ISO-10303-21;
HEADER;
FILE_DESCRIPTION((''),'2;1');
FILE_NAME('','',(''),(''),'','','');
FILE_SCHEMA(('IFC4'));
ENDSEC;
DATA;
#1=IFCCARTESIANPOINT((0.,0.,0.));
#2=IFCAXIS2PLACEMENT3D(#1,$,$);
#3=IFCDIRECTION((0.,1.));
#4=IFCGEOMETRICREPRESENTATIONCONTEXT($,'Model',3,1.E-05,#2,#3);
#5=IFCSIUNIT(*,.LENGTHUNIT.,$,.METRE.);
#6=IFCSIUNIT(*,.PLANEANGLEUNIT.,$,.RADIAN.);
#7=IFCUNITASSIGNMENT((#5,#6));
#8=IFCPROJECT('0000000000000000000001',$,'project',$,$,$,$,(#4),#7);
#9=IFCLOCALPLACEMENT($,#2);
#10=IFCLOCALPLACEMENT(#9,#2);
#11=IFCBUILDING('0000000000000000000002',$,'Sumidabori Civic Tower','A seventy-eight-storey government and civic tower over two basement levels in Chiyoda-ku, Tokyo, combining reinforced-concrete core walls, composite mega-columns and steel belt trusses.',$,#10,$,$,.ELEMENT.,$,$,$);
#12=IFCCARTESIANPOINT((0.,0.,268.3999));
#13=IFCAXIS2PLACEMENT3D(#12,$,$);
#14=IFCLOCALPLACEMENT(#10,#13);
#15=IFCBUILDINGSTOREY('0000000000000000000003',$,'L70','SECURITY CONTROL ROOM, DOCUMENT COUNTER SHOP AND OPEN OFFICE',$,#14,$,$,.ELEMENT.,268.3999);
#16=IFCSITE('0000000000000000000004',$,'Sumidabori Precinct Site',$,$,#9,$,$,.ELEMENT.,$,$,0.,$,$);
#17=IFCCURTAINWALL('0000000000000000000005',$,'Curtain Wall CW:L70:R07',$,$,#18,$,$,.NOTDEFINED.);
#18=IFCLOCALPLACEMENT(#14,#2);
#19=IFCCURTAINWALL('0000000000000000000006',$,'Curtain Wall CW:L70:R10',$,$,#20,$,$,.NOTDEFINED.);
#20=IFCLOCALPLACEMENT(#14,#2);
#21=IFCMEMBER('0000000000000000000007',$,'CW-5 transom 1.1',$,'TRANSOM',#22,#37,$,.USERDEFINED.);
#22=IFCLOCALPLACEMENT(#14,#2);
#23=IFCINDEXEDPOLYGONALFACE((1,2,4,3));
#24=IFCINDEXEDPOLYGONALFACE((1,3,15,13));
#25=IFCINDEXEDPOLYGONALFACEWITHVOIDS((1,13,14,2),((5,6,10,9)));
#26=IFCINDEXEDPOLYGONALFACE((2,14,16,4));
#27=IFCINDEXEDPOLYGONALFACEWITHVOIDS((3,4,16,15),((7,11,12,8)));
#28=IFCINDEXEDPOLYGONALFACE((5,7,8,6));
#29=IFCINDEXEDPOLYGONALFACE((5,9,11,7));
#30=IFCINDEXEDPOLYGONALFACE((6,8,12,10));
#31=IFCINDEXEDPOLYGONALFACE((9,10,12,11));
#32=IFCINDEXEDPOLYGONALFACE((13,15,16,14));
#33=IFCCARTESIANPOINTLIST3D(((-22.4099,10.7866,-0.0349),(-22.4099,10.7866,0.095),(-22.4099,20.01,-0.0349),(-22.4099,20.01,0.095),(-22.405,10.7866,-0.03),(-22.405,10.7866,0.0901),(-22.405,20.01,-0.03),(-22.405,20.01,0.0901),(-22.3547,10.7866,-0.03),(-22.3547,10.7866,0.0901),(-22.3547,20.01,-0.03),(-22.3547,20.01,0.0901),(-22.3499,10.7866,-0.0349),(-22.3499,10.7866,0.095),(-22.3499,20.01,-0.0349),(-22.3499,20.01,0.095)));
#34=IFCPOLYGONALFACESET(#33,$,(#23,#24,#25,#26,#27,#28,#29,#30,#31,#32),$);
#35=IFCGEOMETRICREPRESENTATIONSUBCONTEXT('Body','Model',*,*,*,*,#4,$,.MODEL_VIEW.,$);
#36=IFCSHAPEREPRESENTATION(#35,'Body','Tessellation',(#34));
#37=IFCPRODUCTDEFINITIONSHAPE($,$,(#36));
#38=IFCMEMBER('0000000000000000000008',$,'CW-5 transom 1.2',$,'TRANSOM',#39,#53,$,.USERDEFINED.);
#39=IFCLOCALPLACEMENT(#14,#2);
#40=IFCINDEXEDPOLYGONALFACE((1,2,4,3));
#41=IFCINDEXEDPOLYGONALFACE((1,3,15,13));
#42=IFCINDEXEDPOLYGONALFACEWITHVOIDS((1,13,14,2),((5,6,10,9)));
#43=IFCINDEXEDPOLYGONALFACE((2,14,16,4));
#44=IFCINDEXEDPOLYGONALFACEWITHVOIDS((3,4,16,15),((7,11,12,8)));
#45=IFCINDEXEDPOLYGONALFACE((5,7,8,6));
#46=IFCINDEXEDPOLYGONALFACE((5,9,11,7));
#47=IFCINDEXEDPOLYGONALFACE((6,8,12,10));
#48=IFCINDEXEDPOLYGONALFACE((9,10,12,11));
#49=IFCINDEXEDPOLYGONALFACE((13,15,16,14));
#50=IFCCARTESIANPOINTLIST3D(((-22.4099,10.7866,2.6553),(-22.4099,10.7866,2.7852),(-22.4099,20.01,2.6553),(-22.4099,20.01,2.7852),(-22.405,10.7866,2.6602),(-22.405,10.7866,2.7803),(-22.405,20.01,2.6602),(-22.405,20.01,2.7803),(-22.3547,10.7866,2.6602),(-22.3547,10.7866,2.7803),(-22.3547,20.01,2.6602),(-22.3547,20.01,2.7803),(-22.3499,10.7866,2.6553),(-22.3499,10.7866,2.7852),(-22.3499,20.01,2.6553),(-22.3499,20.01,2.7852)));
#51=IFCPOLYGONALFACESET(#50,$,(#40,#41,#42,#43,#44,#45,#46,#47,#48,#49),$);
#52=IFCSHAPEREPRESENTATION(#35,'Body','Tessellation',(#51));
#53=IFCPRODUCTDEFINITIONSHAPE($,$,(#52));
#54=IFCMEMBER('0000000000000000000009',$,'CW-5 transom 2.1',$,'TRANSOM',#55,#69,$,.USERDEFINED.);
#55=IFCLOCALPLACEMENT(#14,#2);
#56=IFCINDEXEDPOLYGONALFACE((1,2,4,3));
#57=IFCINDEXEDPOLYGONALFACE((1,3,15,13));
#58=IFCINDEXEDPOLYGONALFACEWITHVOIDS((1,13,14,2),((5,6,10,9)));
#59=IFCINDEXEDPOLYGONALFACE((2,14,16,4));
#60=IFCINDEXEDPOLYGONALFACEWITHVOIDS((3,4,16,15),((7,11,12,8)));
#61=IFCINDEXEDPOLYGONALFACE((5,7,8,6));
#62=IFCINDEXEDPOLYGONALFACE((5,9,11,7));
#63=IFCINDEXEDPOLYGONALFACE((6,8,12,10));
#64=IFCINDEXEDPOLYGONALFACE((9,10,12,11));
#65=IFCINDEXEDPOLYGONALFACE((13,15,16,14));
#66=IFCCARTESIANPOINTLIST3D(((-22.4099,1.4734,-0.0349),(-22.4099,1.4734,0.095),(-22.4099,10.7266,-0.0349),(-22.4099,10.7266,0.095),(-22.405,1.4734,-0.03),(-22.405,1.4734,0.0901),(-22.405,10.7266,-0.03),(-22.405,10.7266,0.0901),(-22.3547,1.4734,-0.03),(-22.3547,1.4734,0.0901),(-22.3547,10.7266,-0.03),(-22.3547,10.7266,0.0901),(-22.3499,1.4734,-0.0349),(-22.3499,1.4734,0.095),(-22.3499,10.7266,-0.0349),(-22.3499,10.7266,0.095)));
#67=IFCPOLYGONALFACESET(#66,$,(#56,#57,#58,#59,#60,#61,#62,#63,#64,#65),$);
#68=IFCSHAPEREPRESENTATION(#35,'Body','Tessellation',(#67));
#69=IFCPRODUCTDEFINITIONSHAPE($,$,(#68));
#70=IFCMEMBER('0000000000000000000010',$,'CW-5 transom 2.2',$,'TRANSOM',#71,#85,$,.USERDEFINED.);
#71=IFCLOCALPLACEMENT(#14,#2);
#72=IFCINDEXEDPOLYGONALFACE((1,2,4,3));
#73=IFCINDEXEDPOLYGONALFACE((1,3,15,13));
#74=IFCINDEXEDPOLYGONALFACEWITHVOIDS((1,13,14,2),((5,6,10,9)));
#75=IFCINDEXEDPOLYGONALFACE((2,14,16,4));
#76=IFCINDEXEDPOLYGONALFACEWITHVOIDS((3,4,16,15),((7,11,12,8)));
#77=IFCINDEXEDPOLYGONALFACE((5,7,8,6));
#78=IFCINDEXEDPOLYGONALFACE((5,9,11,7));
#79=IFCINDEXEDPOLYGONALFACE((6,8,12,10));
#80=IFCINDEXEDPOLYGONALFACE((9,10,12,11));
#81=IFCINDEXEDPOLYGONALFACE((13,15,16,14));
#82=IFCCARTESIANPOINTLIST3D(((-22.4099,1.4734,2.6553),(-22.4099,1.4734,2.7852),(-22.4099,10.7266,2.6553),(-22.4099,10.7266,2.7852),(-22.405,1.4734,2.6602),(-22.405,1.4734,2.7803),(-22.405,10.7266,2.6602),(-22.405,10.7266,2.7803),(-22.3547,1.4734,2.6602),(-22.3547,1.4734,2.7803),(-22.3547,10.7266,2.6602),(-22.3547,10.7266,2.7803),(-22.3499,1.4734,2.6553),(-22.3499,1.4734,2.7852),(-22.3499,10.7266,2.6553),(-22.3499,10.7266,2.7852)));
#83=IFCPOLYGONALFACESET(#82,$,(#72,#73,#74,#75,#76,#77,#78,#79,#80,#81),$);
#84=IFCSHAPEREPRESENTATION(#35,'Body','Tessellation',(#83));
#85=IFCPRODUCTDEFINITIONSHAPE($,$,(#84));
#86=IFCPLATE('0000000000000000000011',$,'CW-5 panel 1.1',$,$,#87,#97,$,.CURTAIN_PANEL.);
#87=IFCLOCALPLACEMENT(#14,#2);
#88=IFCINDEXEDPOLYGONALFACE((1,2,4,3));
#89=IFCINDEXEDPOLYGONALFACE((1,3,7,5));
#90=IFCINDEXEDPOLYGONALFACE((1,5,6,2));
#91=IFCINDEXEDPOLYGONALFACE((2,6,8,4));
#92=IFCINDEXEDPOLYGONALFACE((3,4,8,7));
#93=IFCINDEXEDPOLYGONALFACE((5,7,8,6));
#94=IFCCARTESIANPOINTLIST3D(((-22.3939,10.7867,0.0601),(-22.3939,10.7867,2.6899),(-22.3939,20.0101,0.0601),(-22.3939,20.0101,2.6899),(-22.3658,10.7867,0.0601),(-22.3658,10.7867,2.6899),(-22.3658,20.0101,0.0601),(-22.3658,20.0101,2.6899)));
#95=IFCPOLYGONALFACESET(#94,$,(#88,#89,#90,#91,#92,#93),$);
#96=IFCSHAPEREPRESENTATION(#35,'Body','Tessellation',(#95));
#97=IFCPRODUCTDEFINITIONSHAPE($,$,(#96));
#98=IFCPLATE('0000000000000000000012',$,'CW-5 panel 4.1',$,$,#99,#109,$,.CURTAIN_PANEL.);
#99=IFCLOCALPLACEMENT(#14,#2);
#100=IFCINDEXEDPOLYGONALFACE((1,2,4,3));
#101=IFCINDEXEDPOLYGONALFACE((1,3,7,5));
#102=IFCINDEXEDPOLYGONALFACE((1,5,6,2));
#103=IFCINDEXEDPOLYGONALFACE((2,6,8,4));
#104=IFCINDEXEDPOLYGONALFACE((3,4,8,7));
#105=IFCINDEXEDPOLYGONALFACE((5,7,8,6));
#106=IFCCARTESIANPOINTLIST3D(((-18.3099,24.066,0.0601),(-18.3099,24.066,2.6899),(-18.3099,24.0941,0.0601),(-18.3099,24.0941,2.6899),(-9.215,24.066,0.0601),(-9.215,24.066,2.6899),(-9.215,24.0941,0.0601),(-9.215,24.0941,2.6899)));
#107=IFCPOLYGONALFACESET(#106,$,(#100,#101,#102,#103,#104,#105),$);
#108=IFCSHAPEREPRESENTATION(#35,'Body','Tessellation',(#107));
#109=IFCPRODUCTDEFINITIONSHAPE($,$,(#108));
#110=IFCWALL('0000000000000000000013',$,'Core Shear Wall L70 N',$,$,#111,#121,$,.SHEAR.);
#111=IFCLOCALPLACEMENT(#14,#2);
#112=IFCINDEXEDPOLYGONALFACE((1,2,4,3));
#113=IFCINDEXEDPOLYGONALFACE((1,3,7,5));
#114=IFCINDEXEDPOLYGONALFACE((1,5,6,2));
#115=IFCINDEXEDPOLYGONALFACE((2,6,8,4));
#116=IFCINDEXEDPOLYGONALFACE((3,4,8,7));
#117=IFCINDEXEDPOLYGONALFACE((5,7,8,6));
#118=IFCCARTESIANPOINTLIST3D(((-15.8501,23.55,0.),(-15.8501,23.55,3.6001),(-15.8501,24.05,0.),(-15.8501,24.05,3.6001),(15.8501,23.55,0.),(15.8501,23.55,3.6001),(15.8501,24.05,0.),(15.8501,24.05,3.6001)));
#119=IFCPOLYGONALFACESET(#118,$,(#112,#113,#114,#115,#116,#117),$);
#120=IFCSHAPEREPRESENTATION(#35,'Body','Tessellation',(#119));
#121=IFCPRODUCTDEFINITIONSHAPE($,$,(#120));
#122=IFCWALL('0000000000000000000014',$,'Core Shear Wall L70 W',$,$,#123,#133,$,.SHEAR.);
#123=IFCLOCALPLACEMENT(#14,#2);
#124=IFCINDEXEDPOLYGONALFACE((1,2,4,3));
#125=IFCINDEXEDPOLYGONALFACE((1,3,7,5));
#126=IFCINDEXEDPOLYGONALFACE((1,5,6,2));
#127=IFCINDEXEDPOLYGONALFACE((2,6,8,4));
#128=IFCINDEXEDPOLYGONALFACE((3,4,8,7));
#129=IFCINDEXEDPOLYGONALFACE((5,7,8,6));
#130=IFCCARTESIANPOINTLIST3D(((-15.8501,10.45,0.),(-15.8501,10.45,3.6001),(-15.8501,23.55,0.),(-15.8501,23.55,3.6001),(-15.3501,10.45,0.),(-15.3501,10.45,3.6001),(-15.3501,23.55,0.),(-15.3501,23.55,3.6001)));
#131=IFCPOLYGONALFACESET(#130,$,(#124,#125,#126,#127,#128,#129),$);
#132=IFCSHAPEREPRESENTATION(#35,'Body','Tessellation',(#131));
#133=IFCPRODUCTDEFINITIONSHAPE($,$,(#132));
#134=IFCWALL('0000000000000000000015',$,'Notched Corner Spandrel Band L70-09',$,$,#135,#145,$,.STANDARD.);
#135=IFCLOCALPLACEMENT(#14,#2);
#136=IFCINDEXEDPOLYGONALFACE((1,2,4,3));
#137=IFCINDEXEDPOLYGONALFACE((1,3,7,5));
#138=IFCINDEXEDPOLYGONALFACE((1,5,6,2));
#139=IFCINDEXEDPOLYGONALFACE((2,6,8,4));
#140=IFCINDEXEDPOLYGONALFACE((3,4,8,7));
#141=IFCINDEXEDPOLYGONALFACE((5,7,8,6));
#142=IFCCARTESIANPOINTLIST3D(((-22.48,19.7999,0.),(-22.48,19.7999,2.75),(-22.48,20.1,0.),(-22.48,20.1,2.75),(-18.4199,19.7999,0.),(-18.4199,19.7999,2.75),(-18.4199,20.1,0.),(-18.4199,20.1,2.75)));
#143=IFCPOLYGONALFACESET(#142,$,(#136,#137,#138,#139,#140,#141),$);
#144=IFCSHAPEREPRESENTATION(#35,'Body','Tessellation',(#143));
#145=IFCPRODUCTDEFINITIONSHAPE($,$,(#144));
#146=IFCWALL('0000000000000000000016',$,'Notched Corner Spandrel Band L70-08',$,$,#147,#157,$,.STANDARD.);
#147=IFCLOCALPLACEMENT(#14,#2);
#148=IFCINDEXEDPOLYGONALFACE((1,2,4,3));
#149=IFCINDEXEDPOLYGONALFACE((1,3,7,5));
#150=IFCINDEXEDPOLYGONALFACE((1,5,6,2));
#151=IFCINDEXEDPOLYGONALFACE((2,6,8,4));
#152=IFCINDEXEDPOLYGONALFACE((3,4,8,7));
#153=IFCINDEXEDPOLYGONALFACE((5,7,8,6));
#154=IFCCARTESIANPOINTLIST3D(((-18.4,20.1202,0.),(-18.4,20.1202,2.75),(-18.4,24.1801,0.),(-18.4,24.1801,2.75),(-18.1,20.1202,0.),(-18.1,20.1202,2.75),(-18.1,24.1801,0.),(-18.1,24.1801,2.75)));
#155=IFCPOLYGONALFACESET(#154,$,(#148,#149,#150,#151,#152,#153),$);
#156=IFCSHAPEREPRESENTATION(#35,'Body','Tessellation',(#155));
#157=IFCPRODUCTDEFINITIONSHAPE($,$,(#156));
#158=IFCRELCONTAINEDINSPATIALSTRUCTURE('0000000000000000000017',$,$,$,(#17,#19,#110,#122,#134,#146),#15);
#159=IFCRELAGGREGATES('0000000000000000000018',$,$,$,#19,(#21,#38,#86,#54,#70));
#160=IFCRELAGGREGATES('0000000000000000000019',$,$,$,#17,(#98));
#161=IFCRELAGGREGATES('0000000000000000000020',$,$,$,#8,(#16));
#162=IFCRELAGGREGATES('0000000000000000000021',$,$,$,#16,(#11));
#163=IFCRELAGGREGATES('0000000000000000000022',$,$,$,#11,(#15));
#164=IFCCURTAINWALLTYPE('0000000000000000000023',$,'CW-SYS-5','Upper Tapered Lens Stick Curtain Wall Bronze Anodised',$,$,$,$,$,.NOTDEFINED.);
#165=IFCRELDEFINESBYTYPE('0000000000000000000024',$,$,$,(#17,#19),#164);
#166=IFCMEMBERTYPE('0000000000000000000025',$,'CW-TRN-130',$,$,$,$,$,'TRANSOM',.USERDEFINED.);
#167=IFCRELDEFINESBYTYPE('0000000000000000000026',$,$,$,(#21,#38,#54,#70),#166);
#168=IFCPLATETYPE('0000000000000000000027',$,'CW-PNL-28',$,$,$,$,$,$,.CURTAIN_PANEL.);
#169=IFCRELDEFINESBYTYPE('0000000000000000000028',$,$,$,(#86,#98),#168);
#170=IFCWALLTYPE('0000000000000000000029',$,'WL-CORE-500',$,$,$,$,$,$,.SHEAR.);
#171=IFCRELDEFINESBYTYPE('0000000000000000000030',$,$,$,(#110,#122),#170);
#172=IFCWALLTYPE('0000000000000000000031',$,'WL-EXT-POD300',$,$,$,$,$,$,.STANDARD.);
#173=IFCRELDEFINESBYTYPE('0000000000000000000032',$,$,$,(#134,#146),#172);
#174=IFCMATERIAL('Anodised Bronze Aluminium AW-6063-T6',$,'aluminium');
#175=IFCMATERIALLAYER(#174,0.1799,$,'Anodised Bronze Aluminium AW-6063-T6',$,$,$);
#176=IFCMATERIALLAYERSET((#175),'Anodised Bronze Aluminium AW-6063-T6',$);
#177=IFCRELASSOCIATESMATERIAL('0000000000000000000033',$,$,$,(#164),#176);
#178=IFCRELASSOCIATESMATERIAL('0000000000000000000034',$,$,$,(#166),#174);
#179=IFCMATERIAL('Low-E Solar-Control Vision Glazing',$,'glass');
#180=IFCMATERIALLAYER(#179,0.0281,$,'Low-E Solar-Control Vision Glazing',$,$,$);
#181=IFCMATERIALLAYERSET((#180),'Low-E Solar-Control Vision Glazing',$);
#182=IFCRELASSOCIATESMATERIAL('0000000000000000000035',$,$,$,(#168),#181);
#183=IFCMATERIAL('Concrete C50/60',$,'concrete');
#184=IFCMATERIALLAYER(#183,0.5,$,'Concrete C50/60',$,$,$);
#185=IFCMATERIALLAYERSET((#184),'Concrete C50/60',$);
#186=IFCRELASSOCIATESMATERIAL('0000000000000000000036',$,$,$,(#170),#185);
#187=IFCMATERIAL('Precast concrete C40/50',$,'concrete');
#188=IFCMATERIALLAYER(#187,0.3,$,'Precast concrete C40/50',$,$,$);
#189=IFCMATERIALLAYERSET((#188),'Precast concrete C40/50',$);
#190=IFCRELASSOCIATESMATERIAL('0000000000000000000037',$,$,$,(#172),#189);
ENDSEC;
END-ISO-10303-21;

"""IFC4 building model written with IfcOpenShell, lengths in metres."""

from ifc_helpers import new_model, si_unit, direction, frame, frame_2d, origin, origin_2d, place, context, subcontext, project, spatial, rectangle, hollow_rectangle, extrude, source, transform, mapped, material, layer, layer_set, material_profile, profile_set, type_object, element, aggregate, save


model = new_model("IFC4")

# Units and contexts
model_context = context("Model", 3, precision=1e-05, world=origin(), true_north=direction((0.0, 1.0)))
body_context = subcontext(model_context, "Body", "Model", "MODEL_VIEW")
ifc_project = project(units=[si_unit("LENGTHUNIT", "METRE"), si_unit("PLANEANGLEUNIT", "RADIAN")], contexts=[model_context])

# Site, building, storey
site_placement = place(None, origin())
site = spatial("IfcSite", under=ifc_project, at=site_placement, Name="Sumidabori Precinct Site", CompositionType="ELEMENT", RefElevation=0.0)
building_placement = place(site_placement, origin())
building = spatial("IfcBuilding", under=site, at=building_placement, Name="Sumidabori Civic Tower", Description="A seventy-eight-storey government and civic tower over two basement levels in Chiyoda-ku, Tokyo, combining reinforced-concrete core walls, composite mega-columns and steel belt trusses.", CompositionType="ELEMENT")
storey_placement = place(building_placement, frame((0.0, 0.0, 268.3999)))
storey = spatial("IfcBuildingStorey", under=building, at=storey_placement, Name="L70", Description="SECURITY CONTROL ROOM, DOCUMENT COUNTER SHOP AND OPEN OFFICE", CompositionType="ELEMENT", Elevation=268.3999)

# Curtain wall
ifc_material_1 = material(Name="Anodised Bronze Aluminium AW-6063-T6", Category="aluminium")
ifc_layer_1 = layer(ifc_material_1, 0.1799, Name="Anodised Bronze Aluminium AW-6063-T6")
ifc_layer_set_1 = layer_set([ifc_layer_1], Name="Anodised Bronze Aluminium AW-6063-T6")
curtain_wall_type = type_object("IfcCurtainWallType", Name="CW-SYS-5", Description="Upper Tapered Lens Stick Curtain Wall Bronze Anodised", PredefinedType="NOTDEFINED", material=ifc_layer_set_1)
curtain_wall_1_placement = place(storey_placement, origin())
curtain_wall_1 = element("IfcCurtainWall", 1, at=curtain_wall_1_placement, inside=storey, type_object=curtain_wall_type, Name="Curtain Wall CW:L70:R07", PredefinedType="NOTDEFINED")

# Curtain wall, members, plate
curtain_wall_2_placement = place(storey_placement, origin())
curtain_wall_2 = element("IfcCurtainWall", 2, at=curtain_wall_2_placement, inside=storey, type_object=curtain_wall_type, Name="Curtain Wall CW:L70:R10", PredefinedType="NOTDEFINED")
ifc_material_profile_1 = material_profile(ifc_material_1, hollow_rectangle(XDim=0.0601, YDim=0.1299, WallThickness=0.0049, at=origin_2d()), Name="ALU TRANSOM 130x60")
ifc_profile_set_1 = profile_set([ifc_material_profile_1], Name="Anodised Bronze Aluminium AW-6063-T6")
member_type_1 = type_object("IfcMemberType", Name="CW-TRN-130", ElementType="TRANSOM", PredefinedType="USERDEFINED", material=ifc_profile_set_1)
shared_shape_1 = source(origin(), body_context, "Body", "SweptSolid", [
    extrude(hollow_rectangle(XDim=0.0601, YDim=0.1299, WallThickness=0.0049, at=origin_2d()), origin(), (0.0, 0.0, 1.0), 9.2234),
])
member_1_placement = place(storey_placement, frame((-22.3799, 20.01, 0.03), z_axis=(0.0, -1.0, 0.0), x_axis=(1.0, 0.0, 0.0)))
member_1 = element("IfcMember", 3, at=member_1_placement, type_object=member_type_1, Name="CW-5 transom 1.1", ObjectType="TRANSOM", PredefinedType="USERDEFINED", context=body_context, shape_type="MappedRepresentation", body=[
    mapped(shared_shape_1, transform((0.0, 0.0, 0.0), x_axis=(1.0, 0.0, 0.0), y_axis=(0.0, 1.0, 0.0), z_axis=(0.0, 0.0, 1.0), scale=1.0)),
])
member_2_placement = place(storey_placement, frame((-22.3799, 20.01, 2.7202), z_axis=(0.0, -1.0, 0.0), x_axis=(1.0, 0.0, 0.0)))
member_2 = element("IfcMember", 4, at=member_2_placement, type_object=member_type_1, Name="CW-5 transom 1.2", ObjectType="TRANSOM", PredefinedType="USERDEFINED", context=body_context, shape_type="MappedRepresentation", body=[
    mapped(shared_shape_1, transform((0.0, 0.0, 0.0), x_axis=(1.0, 0.0, 0.0), y_axis=(0.0, 1.0, 0.0), z_axis=(0.0, 0.0, 1.0), scale=1.0)),
])
shared_shape_2 = source(origin(), body_context, "Body", "SweptSolid", [
    extrude(hollow_rectangle(XDim=0.0601, YDim=0.1299, WallThickness=0.0049, at=origin_2d()), origin(), (0.0, 0.0, 1.0), 9.2532),
])
member_3_placement = place(storey_placement, frame((-22.3799, 10.7266, 0.03), z_axis=(0.0, -1.0, 0.0), x_axis=(1.0, 0.0, 0.0)))
member_3 = element("IfcMember", 5, at=member_3_placement, type_object=member_type_1, Name="CW-5 transom 2.1", ObjectType="TRANSOM", PredefinedType="USERDEFINED", context=body_context, shape_type="MappedRepresentation", body=[
    mapped(shared_shape_2, transform((0.0, 0.0, 0.0), x_axis=(1.0, 0.0, 0.0), y_axis=(0.0, 1.0, 0.0), z_axis=(0.0, 0.0, 1.0), scale=1.0)),
])
member_4_placement = place(storey_placement, frame((-22.3799, 10.7266, 2.7202), z_axis=(0.0, -1.0, 0.0), x_axis=(1.0, 0.0, 0.0)))
member_4 = element("IfcMember", 6, at=member_4_placement, type_object=member_type_1, Name="CW-5 transom 2.2", ObjectType="TRANSOM", PredefinedType="USERDEFINED", context=body_context, shape_type="MappedRepresentation", body=[
    mapped(shared_shape_2, transform((0.0, 0.0, 0.0), x_axis=(1.0, 0.0, 0.0), y_axis=(0.0, 1.0, 0.0), z_axis=(0.0, 0.0, 1.0), scale=1.0)),
])
ifc_material_2 = material(Name="Low-E Solar-Control Vision Glazing", Category="glass")
ifc_layer_2 = layer(ifc_material_2, 0.0281, Name="Low-E Solar-Control Vision Glazing")
ifc_layer_set_2 = layer_set([ifc_layer_2], Name="Low-E Solar-Control Vision Glazing")
plate_type = type_object("IfcPlateType", Name="CW-PNL-28", PredefinedType="CURTAIN_PANEL", material=ifc_layer_set_2)
shared_shape_3 = source(origin(), body_context, "Body", "SweptSolid", [
    extrude(rectangle(XDim=9.2234, YDim=0.0281, at=origin_2d()), origin(), (0.0, 0.0, 1.0), 2.6299),
])
plate_1_placement = place(storey_placement, frame((-22.3799, 15.3984, 0.0601), z_axis=(0.0, 0.0, 1.0), x_axis=(0.0, -1.0, 0.0)))
plate_1 = element("IfcPlate", 7, at=plate_1_placement, type_object=plate_type, Name="CW-5 panel 1.1", PredefinedType="CURTAIN_PANEL", context=body_context, shape_type="MappedRepresentation", body=[
    mapped(shared_shape_3, transform((0.0, 0.0, 0.0), x_axis=(1.0, 0.0, 0.0), y_axis=(0.0, 1.0, 0.0), z_axis=(0.0, 0.0, 1.0), scale=1.0)),
])
aggregate(curtain_wall_2, [member_1, member_2, plate_1, member_3, member_4])

# Plate
shared_shape_4 = source(origin(), body_context, "Body", "SweptSolid", [
    extrude(rectangle(XDim=9.095, YDim=0.0281, at=origin_2d()), origin(), (0.0, 0.0, 1.0), 2.6299),
])
plate_2_placement = place(storey_placement, frame((-13.7625, 24.0801, 0.0601), z_axis=(0.0, 0.0, 1.0), x_axis=(-1.0, 0.0, 0.0)))
plate_2 = element("IfcPlate", 8, at=plate_2_placement, type_object=plate_type, Name="CW-5 panel 4.1", PredefinedType="CURTAIN_PANEL", context=body_context, shape_type="MappedRepresentation", body=[
    mapped(shared_shape_4, transform((0.0, 0.0, 0.0), x_axis=(1.0, 0.0, 0.0), y_axis=(0.0, 1.0, 0.0), z_axis=(0.0, 0.0, 1.0), scale=1.0)),
])
aggregate(curtain_wall_1, [plate_2])

# Wall
ifc_material_3 = material(Name="Concrete C50/60", Category="concrete")
ifc_layer_3 = layer(ifc_material_3, 0.5, Name="Concrete C50/60")
ifc_layer_set_3 = layer_set([ifc_layer_3], Name="Concrete C50/60")
wall_type_1 = type_object("IfcWallType", Name="WL-CORE-500", PredefinedType="SHEAR", material=ifc_layer_set_3)
shared_shape_5 = source(origin(), body_context, "Body", "SweptSolid", [
    extrude(rectangle(XDim=31.7002, YDim=0.5, at=frame_2d((15.8501, 0.0))), origin(), (0.0, 0.0, 1.0), 3.6001),
])
wall_1_placement = place(storey_placement, frame((-15.8501, 23.8, 0.0), z_axis=(0.0, 0.0, 1.0), x_axis=(1.0, 0.0, 0.0)))
element("IfcWall", 9, at=wall_1_placement, inside=storey, type_object=wall_type_1, Name="Core Shear Wall L70 N", PredefinedType="SHEAR", context=body_context, shape_type="MappedRepresentation", body=[
    mapped(shared_shape_5, transform((0.0, 0.0, 0.0), x_axis=(1.0, 0.0, 0.0), y_axis=(0.0, 1.0, 0.0), z_axis=(0.0, 0.0, 1.0), scale=1.0)),
])

# Wall
shared_shape_6 = source(origin(), body_context, "Body", "SweptSolid", [
    extrude(rectangle(XDim=13.1001, YDim=0.5, at=frame_2d((6.55, 0.0))), origin(), (0.0, 0.0, 1.0), 3.6001),
])
wall_2_placement = place(storey_placement, frame((-15.6001, 10.45, 0.0), z_axis=(0.0, 0.0, 1.0), x_axis=(0.0, 1.0, 0.0)))
element("IfcWall", 10, at=wall_2_placement, inside=storey, type_object=wall_type_1, Name="Core Shear Wall L70 W", PredefinedType="SHEAR", context=body_context, shape_type="MappedRepresentation", body=[
    mapped(shared_shape_6, transform((0.0, 0.0, 0.0), x_axis=(1.0, 0.0, 0.0), y_axis=(0.0, 1.0, 0.0), z_axis=(0.0, 0.0, 1.0), scale=1.0)),
])

# Walls
ifc_material_4 = material(Name="Precast concrete C40/50", Category="concrete")
ifc_layer_4 = layer(ifc_material_4, 0.3, Name="Precast concrete C40/50")
ifc_layer_set_4 = layer_set([ifc_layer_4], Name="Precast concrete C40/50")
wall_type_2 = type_object("IfcWallType", Name="WL-EXT-POD300", PredefinedType="STANDARD", material=ifc_layer_set_4)
shared_shape_7 = source(origin(), body_context, "Body", "SweptSolid", [
    extrude(rectangle(XDim=4.0601, YDim=0.3, at=frame_2d((2.03, 0.0))), origin(), (0.0, 0.0, 1.0), 2.75),
])
wall_3_placement = place(storey_placement, frame((-18.4199, 19.95, 0.0), z_axis=(0.0, 0.0, 1.0), x_axis=(-1.0, 0.0, 0.0)))
element("IfcWall", 11, at=wall_3_placement, inside=storey, type_object=wall_type_2, Name="Notched Corner Spandrel Band L70-09", PredefinedType="STANDARD", context=body_context, shape_type="MappedRepresentation", body=[
    mapped(shared_shape_7, transform((0.0, 0.0, 0.0), x_axis=(1.0, 0.0, 0.0), y_axis=(0.0, 1.0, 0.0), z_axis=(0.0, 0.0, 1.0), scale=1.0)),
])
shared_shape_8 = source(origin(), body_context, "Body", "SweptSolid", [
    extrude(rectangle(XDim=4.0598, YDim=0.3, at=frame_2d((2.0298, 0.0))), origin(), (0.0, 0.0, 1.0), 2.75),
])
wall_4_placement = place(storey_placement, frame((-18.25, 24.1799, 0.0), z_axis=(0.0, 0.0, 1.0), x_axis=(0.0, -1.0, 0.0)))
element("IfcWall", 12, at=wall_4_placement, inside=storey, type_object=wall_type_2, Name="Notched Corner Spandrel Band L70-08", PredefinedType="STANDARD", context=body_context, shape_type="MappedRepresentation", body=[
    mapped(shared_shape_8, transform((0.0, 0.0, 0.0), x_axis=(1.0, 0.0, 0.0), y_axis=(0.0, 1.0, 0.0), z_axis=(0.0, 0.0, 1.0), scale=1.0)),
])

save(model, "model.ifc")
